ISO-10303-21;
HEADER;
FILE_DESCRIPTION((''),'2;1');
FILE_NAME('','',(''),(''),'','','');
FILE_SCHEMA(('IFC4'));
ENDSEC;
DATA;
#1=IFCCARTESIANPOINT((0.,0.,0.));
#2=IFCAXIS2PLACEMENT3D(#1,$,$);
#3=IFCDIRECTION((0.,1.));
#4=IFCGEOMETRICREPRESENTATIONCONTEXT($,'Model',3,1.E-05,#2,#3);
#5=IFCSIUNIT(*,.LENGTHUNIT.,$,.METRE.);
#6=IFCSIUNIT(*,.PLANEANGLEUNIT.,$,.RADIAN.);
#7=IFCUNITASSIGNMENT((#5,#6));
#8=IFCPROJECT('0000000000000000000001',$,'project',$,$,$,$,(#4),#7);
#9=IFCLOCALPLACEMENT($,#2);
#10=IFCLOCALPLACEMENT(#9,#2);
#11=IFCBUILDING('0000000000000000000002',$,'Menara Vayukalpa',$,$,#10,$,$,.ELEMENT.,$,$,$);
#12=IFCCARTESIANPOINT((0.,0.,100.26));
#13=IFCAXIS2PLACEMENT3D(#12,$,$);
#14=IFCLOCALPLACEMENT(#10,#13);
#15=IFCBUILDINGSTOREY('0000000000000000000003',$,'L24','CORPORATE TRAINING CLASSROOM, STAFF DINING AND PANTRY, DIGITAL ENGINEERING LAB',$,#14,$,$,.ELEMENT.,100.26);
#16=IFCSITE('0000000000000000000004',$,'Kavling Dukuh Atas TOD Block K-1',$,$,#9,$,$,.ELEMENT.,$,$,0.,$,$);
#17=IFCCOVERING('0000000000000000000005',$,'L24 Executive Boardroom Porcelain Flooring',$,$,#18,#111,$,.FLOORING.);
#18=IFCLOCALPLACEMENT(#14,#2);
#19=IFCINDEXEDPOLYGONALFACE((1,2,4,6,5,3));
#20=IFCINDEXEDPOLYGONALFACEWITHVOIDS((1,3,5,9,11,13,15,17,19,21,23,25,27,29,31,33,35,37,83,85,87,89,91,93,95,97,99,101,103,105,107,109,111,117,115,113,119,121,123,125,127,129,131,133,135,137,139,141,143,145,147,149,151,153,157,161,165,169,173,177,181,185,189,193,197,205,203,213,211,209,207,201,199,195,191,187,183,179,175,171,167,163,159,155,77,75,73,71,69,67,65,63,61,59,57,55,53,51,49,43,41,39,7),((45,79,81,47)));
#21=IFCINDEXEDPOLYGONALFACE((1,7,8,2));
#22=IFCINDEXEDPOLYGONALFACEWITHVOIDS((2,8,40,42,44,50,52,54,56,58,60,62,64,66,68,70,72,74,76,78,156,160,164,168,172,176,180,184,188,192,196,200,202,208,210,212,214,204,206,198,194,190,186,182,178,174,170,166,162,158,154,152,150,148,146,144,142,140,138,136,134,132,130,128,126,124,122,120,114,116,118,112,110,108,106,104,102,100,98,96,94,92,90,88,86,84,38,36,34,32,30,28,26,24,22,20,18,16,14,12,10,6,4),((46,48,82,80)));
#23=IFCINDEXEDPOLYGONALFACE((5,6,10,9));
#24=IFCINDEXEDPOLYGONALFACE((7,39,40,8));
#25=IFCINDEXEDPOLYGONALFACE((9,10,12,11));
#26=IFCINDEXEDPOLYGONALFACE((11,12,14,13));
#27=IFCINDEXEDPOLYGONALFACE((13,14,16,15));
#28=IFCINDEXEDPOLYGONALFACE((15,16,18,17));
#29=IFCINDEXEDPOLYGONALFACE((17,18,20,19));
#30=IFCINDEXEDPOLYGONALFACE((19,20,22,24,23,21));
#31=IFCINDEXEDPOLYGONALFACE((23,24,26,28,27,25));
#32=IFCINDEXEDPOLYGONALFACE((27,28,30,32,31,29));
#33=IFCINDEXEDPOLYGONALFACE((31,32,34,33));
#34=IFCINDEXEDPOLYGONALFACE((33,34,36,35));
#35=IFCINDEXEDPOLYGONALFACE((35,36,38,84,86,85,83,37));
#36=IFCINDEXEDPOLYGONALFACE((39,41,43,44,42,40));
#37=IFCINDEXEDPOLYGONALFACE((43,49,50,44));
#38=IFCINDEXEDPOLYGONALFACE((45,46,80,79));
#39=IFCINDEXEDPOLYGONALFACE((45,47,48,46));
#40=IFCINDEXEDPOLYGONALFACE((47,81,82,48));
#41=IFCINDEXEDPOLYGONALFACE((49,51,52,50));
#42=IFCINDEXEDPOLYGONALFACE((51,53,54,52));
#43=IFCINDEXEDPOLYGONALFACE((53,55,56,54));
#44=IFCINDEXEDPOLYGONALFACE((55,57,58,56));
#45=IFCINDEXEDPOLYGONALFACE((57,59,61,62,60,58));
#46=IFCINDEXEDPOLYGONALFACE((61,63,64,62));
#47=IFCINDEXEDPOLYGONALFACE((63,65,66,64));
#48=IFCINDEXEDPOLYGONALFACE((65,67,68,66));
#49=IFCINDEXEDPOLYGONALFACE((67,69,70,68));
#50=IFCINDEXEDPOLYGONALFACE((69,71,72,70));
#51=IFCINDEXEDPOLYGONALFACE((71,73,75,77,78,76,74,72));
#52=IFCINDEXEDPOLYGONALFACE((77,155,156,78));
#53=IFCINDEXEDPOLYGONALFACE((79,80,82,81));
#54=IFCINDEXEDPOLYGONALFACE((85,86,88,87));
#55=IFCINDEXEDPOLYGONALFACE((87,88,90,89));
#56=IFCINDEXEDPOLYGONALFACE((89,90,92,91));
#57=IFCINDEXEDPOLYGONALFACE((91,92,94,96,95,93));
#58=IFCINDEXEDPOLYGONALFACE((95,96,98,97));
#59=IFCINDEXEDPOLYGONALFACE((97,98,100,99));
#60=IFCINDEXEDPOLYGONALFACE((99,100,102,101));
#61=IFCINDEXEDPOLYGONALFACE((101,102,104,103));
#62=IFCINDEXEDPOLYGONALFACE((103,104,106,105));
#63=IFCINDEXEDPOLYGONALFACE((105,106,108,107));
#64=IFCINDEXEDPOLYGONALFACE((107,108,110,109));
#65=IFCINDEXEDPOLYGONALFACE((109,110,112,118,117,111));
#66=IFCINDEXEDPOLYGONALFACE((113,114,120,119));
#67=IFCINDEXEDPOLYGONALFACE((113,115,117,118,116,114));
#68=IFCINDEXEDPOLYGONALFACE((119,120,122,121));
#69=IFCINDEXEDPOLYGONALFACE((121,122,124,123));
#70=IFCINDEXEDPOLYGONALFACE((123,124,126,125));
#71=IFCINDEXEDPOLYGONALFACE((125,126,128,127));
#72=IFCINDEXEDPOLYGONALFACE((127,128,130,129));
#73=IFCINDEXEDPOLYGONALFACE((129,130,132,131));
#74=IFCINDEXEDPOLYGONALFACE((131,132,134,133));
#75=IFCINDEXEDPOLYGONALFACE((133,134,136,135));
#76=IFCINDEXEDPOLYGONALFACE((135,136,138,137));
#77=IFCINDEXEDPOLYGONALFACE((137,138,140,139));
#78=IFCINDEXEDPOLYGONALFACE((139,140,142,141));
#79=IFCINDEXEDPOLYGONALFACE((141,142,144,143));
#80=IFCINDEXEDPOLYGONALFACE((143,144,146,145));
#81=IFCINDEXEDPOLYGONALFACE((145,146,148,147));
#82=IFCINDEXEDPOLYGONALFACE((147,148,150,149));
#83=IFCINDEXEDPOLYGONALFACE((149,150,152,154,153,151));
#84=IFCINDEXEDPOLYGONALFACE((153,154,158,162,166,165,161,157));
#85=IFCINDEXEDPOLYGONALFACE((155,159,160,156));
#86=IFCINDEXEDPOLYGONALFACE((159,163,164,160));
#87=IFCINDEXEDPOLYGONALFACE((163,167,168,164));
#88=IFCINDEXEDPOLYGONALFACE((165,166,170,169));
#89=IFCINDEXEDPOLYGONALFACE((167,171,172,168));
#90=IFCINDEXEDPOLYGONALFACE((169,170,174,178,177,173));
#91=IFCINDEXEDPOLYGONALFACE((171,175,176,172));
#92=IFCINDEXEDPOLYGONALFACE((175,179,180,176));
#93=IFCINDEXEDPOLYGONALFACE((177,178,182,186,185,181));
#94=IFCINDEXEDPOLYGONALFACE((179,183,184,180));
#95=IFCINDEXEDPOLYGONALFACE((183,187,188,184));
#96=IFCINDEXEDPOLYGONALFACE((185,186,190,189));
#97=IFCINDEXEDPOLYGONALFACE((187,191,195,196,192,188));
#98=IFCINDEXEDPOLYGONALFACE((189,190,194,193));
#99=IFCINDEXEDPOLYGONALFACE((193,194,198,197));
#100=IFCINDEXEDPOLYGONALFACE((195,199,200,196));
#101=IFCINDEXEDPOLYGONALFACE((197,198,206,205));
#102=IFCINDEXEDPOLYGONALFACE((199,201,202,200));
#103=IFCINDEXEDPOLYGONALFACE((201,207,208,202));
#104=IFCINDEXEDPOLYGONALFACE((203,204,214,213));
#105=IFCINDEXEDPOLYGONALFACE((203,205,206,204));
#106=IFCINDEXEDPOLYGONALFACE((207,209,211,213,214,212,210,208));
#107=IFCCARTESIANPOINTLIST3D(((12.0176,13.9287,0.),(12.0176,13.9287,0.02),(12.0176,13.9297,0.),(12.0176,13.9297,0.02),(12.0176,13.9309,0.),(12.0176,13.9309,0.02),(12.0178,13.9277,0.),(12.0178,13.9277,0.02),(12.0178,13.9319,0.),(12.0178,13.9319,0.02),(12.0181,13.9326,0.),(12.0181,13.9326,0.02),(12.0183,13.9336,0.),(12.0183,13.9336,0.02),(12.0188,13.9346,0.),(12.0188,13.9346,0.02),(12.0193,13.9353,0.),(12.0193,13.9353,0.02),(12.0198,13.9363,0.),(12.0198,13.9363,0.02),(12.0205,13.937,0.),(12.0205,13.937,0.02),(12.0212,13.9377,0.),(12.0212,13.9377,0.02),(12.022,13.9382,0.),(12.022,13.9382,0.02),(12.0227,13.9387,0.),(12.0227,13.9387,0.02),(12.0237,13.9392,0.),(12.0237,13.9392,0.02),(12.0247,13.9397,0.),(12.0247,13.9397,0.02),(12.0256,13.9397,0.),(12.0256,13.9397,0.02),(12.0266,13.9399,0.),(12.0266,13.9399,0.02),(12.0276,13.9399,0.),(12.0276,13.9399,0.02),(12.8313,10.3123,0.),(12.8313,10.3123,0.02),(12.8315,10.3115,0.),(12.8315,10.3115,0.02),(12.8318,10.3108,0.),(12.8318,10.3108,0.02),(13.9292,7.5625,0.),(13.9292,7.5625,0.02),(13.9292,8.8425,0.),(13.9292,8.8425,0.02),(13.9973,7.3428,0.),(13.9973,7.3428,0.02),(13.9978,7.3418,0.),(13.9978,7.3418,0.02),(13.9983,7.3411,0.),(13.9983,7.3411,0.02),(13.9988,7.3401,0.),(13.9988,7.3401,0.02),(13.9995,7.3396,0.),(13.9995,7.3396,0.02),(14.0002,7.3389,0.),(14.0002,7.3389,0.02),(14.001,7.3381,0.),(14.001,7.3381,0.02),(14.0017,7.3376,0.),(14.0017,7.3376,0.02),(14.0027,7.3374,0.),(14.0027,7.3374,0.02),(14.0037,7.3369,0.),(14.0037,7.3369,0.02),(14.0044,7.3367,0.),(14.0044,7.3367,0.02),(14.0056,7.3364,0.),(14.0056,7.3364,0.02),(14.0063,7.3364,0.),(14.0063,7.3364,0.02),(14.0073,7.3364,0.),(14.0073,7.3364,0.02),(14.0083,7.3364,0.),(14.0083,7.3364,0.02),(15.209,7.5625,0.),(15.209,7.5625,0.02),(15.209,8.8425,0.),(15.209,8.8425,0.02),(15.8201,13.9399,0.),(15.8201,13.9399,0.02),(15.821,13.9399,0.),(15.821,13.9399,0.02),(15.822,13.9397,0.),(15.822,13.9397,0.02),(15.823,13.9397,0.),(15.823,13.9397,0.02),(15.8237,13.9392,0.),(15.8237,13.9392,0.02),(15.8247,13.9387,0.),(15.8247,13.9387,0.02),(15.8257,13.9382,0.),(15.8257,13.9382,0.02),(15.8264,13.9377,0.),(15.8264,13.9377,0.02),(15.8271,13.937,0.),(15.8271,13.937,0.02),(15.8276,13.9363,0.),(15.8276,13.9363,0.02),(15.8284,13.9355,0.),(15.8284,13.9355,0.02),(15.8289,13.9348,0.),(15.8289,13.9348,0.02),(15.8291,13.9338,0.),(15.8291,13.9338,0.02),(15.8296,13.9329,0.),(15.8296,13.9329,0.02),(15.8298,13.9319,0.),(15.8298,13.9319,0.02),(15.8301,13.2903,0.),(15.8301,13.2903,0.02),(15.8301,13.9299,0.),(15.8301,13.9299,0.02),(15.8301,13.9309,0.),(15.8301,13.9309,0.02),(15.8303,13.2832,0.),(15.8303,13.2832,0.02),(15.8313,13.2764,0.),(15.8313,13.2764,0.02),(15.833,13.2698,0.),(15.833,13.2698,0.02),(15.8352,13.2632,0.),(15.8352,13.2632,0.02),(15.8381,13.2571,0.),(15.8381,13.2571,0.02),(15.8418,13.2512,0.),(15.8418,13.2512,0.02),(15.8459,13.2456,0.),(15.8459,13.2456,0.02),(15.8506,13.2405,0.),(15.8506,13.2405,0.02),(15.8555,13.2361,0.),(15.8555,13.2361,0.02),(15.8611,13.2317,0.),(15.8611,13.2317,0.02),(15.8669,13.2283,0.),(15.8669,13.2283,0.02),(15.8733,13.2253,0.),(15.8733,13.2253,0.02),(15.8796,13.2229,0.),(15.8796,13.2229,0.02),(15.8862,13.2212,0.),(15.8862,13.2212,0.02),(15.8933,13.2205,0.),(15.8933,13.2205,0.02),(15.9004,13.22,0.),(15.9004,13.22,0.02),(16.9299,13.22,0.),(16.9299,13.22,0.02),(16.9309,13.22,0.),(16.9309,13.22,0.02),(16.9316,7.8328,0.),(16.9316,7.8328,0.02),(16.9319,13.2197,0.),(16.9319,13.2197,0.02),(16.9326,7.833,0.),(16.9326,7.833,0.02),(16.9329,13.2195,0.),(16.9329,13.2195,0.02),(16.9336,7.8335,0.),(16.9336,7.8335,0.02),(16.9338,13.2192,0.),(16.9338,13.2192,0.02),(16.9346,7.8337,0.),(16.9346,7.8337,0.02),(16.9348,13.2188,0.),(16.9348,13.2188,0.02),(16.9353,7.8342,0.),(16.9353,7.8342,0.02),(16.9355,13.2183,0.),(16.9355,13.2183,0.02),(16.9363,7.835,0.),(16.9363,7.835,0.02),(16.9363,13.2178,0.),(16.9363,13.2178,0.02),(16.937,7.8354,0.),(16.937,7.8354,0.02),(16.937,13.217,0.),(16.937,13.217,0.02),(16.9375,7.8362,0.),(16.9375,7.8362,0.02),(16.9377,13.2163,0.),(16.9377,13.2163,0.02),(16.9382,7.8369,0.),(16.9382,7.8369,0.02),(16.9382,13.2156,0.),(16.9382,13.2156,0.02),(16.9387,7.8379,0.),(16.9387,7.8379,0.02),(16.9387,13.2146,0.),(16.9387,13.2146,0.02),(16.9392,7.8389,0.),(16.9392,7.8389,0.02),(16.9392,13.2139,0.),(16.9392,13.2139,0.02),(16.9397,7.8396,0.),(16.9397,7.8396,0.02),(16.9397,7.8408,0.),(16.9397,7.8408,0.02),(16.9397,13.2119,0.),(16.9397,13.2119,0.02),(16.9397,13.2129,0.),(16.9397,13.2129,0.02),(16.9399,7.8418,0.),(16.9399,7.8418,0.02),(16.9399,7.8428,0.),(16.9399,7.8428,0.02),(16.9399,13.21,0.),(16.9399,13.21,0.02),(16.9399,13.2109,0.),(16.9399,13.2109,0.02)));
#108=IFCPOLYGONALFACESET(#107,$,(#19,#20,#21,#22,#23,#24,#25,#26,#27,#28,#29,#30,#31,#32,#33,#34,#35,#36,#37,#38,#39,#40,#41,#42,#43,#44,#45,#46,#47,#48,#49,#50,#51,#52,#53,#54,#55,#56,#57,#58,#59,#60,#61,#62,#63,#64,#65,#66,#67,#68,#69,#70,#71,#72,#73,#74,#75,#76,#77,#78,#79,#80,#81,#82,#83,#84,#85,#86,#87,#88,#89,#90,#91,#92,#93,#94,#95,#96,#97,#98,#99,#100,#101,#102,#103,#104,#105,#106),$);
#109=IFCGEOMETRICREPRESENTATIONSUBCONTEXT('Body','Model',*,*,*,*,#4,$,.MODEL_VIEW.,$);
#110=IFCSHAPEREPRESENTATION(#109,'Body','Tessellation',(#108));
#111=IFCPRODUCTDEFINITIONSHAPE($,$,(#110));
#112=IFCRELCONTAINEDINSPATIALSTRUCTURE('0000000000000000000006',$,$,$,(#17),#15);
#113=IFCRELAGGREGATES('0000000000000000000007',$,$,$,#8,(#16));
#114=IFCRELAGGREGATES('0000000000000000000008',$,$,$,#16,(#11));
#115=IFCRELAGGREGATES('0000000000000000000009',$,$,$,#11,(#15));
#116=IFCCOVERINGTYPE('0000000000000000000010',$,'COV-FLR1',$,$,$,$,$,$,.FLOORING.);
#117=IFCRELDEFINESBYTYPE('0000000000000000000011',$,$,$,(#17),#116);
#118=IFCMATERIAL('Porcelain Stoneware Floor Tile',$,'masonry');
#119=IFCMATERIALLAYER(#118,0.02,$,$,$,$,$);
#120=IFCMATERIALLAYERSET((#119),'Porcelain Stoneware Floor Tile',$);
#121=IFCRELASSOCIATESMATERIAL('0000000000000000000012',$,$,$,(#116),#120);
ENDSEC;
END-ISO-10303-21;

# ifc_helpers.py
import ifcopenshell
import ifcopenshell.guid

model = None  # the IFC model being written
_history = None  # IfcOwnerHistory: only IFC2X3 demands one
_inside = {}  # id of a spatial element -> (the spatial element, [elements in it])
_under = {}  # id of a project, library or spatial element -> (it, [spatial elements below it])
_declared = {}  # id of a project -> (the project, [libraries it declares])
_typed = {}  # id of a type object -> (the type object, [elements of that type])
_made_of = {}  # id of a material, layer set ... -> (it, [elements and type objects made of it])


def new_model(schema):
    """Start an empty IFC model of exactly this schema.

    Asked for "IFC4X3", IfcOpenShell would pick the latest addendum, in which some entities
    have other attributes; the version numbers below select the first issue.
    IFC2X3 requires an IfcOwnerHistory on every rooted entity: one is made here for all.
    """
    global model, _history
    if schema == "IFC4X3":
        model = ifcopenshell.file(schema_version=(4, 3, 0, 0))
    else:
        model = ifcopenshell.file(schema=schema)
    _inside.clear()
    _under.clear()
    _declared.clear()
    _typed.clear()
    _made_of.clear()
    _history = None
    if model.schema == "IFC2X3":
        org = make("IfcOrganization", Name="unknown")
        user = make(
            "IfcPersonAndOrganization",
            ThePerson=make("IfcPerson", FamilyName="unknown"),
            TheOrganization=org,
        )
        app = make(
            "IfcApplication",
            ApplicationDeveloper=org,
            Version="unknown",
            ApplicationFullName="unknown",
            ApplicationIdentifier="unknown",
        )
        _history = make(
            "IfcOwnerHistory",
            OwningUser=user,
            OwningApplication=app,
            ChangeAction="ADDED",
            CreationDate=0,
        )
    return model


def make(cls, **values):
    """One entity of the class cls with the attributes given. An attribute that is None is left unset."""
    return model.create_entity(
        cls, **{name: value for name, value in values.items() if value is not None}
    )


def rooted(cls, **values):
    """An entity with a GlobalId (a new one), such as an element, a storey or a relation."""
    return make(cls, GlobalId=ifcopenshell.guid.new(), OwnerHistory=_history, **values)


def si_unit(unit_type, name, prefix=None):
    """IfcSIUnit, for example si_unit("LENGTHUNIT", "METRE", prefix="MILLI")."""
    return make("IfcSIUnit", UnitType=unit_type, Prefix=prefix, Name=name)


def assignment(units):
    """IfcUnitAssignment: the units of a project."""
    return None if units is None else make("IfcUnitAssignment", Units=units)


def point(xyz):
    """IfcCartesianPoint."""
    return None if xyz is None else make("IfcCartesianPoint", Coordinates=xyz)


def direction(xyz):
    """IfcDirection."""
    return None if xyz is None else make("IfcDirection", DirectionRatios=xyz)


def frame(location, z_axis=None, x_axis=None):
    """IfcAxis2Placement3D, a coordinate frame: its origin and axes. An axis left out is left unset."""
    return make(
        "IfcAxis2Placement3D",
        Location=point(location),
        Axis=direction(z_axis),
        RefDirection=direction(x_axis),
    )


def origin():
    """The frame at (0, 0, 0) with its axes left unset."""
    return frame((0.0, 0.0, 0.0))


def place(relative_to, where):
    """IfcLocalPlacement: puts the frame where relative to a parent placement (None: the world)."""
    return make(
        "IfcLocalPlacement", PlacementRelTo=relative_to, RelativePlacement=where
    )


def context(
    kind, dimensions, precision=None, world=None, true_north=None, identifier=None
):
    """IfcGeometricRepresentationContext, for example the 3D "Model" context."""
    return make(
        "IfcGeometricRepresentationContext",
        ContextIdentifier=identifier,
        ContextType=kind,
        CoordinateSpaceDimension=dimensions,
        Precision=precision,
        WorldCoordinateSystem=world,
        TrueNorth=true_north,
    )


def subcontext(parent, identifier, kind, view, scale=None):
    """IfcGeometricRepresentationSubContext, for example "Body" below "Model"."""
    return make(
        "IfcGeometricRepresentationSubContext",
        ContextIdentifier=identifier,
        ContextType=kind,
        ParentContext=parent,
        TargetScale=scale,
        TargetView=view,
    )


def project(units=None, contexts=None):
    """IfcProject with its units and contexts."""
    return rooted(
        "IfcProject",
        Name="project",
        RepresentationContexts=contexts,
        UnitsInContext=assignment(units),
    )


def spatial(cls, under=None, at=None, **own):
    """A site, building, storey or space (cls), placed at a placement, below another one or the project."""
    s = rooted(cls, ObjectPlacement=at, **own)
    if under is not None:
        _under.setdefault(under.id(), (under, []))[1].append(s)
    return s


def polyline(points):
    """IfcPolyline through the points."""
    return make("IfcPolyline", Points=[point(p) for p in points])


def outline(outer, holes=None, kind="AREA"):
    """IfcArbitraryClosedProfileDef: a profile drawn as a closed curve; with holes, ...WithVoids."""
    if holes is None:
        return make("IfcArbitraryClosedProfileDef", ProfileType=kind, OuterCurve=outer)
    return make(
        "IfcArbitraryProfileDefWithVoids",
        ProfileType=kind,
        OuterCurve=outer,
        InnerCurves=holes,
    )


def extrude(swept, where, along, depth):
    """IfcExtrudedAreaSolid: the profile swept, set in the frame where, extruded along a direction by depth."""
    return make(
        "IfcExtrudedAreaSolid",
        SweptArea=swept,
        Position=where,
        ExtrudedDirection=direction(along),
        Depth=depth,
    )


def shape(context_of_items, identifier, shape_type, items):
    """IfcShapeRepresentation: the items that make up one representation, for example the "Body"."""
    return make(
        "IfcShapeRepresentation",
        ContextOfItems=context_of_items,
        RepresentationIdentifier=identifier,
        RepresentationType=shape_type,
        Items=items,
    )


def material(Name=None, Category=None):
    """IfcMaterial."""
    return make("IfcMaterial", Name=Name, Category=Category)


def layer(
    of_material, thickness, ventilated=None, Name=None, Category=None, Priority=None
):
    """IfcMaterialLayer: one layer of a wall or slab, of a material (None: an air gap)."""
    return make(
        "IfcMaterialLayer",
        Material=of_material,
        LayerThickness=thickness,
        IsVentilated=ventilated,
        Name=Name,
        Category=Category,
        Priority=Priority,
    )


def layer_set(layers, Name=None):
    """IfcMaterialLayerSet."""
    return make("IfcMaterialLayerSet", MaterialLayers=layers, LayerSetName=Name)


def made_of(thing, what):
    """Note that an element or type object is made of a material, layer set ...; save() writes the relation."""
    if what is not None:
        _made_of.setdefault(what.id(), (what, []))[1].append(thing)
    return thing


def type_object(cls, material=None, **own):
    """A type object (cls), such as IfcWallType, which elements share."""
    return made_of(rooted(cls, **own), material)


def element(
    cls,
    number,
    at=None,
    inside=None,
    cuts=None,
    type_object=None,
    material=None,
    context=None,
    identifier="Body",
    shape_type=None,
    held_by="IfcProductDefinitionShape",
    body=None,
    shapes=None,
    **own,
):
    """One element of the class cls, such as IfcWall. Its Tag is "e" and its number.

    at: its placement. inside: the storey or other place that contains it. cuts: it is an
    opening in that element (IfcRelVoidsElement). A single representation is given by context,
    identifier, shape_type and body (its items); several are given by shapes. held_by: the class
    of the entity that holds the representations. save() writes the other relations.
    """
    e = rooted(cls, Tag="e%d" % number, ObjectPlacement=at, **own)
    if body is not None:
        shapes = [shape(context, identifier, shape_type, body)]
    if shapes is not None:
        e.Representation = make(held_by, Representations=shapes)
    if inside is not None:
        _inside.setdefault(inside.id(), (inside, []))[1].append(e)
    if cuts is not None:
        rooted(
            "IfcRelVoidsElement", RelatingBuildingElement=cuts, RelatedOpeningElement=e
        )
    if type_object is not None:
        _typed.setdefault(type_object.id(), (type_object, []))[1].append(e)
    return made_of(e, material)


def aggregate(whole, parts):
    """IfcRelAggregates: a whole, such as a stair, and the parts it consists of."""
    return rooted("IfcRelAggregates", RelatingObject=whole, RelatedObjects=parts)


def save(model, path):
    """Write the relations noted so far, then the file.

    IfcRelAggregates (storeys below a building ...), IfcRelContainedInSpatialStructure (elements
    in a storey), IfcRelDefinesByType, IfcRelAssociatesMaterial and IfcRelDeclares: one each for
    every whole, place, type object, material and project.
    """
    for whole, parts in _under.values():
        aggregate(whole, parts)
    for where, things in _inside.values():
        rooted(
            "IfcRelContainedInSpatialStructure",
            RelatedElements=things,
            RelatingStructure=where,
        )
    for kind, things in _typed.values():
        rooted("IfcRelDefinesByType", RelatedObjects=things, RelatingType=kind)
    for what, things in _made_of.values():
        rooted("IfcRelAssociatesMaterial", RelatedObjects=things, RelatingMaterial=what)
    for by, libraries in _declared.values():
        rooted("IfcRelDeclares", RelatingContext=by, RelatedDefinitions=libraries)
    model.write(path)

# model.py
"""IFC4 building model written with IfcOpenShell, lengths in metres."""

from ifc_helpers import new_model, si_unit, direction, frame, origin, place, context, subcontext, project, spatial, polyline, outline, extrude, material, layer, layer_set, type_object, element, save


model = new_model("IFC4")

# Units and contexts
model_context = context("Model", 3, precision=1e-05, world=origin(), true_north=direction((0.0, 1.0)))
body_context = subcontext(model_context, "Body", "Model", "MODEL_VIEW")
ifc_project = project(units=[si_unit("LENGTHUNIT", "METRE"), si_unit("PLANEANGLEUNIT", "RADIAN")], contexts=[model_context])

# Site, building, storey
site_placement = place(None, origin())
site = spatial("IfcSite", under=ifc_project, at=site_placement, Name="Kavling Dukuh Atas TOD Block K-1", CompositionType="ELEMENT", RefElevation=0.0)
building_placement = place(site_placement, origin())
building = spatial("IfcBuilding", under=site, at=building_placement, Name="Menara Vayukalpa", CompositionType="ELEMENT")
storey_placement = place(building_placement, frame((0.0, 0.0, 100.26)))
storey = spatial("IfcBuildingStorey", under=building, at=storey_placement, Name="L24", Description="CORPORATE TRAINING CLASSROOM, STAFF DINING AND PANTRY, DIGITAL ENGINEERING LAB", CompositionType="ELEMENT", Elevation=100.26)

# Covering
ifc_material_1 = material(Name="Porcelain Stoneware Floor Tile", Category="masonry")
ifc_layer_1 = layer(ifc_material_1, 0.02)
ifc_layer_set_1 = layer_set([ifc_layer_1], Name="Porcelain Stoneware Floor Tile")
covering_type_1 = type_object("IfcCoveringType", Name="COV-FLR1", PredefinedType="FLOORING", material=ifc_layer_set_1)
covering_1_placement = place(storey_placement, origin())
element("IfcCovering", 1, at=covering_1_placement, inside=storey, type_object=covering_type_1, Name="L24 Executive Boardroom Porcelain Flooring", PredefinedType="FLOORING", context=body_context, shape_type="SweptSolid", body=[
    extrude(outline(polyline([(14.0063, 7.3364), (14.0056, 7.3364), (14.0044, 7.3367), (14.0037, 7.3369), (14.0027, 7.3374), (14.0017, 7.3376), (14.001, 7.3381), (14.0002, 7.3389), (13.9995, 7.3396), (13.9988, 7.3401), (13.9983, 7.3411), (13.9978, 7.3418), (13.9973, 7.3428), (12.8318, 10.3108), (12.8315, 10.3115), (12.8313, 10.3123), (12.0178, 13.9277), (12.0176, 13.9287), (12.0176, 13.9297), (12.0176, 13.9309), (12.0178, 13.9319), (12.0181, 13.9326), (12.0183, 13.9336), (12.0188, 13.9346), (12.0193, 13.9353), (12.0198, 13.9363), (12.0205, 13.937), (12.0212, 13.9377), (12.022, 13.9382), (12.0227, 13.9387), (12.0237, 13.9392), (12.0247, 13.9397), (12.0256, 13.9397), (12.0266, 13.9399), (12.0276, 13.9399), (15.8201, 13.9399), (15.821, 13.9399), (15.822, 13.9397), (15.823, 13.9397), (15.8237, 13.9392), (15.8247, 13.9387), (15.8257, 13.9382), (15.8264, 13.9377), (15.8271, 13.937), (15.8276, 13.9363), (15.8284, 13.9355), (15.8289, 13.9348), (15.8291, 13.9338), (15.8296, 13.9329), (15.8298, 13.9319), (15.8301, 13.9309), (15.8301, 13.9299), (15.8301, 13.2903), (15.8303, 13.2832), (15.8313, 13.2764), (15.833, 13.2698), (15.8352, 13.2632), (15.8381, 13.2571), (15.8418, 13.2512), (15.8459, 13.2456), (15.8506, 13.2405), (15.8555, 13.2361), (15.8611, 13.2317), (15.8669, 13.2283), (15.8733, 13.2253), (15.8796, 13.2229), (15.8862, 13.2212), (15.8933, 13.2205), (15.9004, 13.22), (16.9299, 13.22), (16.9309, 13.22), (16.9319, 13.2197), (16.9329, 13.2195), (16.9338, 13.2192), (16.9348, 13.2188), (16.9355, 13.2183), (16.9363, 13.2178), (16.937, 13.217), (16.9377, 13.2163), (16.9382, 13.2156), (16.9387, 13.2146), (16.9392, 13.2139), (16.9397, 13.2129), (16.9397, 13.2119), (16.9399, 13.2109), (16.9399, 13.21), (16.9399, 7.8428), (16.9399, 7.8418), (16.9397, 7.8408), (16.9397, 7.8396), (16.9392, 7.8389), (16.9387, 7.8379), (16.9382, 7.8369), (16.9375, 7.8362), (16.937, 7.8354), (16.9363, 7.835), (16.9353, 7.8342), (16.9346, 7.8337), (16.9336, 7.8335), (16.9326, 7.833), (16.9316, 7.8328), (14.0083, 7.3364), (14.0073, 7.3364), (14.0063, 7.3364)]), holes=[polyline([(15.209, 8.8425), (13.9292, 8.8425), (13.9292, 7.5625), (15.209, 7.5625), (15.209, 8.8425)])]), origin(), (0.0, 0.0, 1.0), 0.02),
])

save(model, "model.ifc")
